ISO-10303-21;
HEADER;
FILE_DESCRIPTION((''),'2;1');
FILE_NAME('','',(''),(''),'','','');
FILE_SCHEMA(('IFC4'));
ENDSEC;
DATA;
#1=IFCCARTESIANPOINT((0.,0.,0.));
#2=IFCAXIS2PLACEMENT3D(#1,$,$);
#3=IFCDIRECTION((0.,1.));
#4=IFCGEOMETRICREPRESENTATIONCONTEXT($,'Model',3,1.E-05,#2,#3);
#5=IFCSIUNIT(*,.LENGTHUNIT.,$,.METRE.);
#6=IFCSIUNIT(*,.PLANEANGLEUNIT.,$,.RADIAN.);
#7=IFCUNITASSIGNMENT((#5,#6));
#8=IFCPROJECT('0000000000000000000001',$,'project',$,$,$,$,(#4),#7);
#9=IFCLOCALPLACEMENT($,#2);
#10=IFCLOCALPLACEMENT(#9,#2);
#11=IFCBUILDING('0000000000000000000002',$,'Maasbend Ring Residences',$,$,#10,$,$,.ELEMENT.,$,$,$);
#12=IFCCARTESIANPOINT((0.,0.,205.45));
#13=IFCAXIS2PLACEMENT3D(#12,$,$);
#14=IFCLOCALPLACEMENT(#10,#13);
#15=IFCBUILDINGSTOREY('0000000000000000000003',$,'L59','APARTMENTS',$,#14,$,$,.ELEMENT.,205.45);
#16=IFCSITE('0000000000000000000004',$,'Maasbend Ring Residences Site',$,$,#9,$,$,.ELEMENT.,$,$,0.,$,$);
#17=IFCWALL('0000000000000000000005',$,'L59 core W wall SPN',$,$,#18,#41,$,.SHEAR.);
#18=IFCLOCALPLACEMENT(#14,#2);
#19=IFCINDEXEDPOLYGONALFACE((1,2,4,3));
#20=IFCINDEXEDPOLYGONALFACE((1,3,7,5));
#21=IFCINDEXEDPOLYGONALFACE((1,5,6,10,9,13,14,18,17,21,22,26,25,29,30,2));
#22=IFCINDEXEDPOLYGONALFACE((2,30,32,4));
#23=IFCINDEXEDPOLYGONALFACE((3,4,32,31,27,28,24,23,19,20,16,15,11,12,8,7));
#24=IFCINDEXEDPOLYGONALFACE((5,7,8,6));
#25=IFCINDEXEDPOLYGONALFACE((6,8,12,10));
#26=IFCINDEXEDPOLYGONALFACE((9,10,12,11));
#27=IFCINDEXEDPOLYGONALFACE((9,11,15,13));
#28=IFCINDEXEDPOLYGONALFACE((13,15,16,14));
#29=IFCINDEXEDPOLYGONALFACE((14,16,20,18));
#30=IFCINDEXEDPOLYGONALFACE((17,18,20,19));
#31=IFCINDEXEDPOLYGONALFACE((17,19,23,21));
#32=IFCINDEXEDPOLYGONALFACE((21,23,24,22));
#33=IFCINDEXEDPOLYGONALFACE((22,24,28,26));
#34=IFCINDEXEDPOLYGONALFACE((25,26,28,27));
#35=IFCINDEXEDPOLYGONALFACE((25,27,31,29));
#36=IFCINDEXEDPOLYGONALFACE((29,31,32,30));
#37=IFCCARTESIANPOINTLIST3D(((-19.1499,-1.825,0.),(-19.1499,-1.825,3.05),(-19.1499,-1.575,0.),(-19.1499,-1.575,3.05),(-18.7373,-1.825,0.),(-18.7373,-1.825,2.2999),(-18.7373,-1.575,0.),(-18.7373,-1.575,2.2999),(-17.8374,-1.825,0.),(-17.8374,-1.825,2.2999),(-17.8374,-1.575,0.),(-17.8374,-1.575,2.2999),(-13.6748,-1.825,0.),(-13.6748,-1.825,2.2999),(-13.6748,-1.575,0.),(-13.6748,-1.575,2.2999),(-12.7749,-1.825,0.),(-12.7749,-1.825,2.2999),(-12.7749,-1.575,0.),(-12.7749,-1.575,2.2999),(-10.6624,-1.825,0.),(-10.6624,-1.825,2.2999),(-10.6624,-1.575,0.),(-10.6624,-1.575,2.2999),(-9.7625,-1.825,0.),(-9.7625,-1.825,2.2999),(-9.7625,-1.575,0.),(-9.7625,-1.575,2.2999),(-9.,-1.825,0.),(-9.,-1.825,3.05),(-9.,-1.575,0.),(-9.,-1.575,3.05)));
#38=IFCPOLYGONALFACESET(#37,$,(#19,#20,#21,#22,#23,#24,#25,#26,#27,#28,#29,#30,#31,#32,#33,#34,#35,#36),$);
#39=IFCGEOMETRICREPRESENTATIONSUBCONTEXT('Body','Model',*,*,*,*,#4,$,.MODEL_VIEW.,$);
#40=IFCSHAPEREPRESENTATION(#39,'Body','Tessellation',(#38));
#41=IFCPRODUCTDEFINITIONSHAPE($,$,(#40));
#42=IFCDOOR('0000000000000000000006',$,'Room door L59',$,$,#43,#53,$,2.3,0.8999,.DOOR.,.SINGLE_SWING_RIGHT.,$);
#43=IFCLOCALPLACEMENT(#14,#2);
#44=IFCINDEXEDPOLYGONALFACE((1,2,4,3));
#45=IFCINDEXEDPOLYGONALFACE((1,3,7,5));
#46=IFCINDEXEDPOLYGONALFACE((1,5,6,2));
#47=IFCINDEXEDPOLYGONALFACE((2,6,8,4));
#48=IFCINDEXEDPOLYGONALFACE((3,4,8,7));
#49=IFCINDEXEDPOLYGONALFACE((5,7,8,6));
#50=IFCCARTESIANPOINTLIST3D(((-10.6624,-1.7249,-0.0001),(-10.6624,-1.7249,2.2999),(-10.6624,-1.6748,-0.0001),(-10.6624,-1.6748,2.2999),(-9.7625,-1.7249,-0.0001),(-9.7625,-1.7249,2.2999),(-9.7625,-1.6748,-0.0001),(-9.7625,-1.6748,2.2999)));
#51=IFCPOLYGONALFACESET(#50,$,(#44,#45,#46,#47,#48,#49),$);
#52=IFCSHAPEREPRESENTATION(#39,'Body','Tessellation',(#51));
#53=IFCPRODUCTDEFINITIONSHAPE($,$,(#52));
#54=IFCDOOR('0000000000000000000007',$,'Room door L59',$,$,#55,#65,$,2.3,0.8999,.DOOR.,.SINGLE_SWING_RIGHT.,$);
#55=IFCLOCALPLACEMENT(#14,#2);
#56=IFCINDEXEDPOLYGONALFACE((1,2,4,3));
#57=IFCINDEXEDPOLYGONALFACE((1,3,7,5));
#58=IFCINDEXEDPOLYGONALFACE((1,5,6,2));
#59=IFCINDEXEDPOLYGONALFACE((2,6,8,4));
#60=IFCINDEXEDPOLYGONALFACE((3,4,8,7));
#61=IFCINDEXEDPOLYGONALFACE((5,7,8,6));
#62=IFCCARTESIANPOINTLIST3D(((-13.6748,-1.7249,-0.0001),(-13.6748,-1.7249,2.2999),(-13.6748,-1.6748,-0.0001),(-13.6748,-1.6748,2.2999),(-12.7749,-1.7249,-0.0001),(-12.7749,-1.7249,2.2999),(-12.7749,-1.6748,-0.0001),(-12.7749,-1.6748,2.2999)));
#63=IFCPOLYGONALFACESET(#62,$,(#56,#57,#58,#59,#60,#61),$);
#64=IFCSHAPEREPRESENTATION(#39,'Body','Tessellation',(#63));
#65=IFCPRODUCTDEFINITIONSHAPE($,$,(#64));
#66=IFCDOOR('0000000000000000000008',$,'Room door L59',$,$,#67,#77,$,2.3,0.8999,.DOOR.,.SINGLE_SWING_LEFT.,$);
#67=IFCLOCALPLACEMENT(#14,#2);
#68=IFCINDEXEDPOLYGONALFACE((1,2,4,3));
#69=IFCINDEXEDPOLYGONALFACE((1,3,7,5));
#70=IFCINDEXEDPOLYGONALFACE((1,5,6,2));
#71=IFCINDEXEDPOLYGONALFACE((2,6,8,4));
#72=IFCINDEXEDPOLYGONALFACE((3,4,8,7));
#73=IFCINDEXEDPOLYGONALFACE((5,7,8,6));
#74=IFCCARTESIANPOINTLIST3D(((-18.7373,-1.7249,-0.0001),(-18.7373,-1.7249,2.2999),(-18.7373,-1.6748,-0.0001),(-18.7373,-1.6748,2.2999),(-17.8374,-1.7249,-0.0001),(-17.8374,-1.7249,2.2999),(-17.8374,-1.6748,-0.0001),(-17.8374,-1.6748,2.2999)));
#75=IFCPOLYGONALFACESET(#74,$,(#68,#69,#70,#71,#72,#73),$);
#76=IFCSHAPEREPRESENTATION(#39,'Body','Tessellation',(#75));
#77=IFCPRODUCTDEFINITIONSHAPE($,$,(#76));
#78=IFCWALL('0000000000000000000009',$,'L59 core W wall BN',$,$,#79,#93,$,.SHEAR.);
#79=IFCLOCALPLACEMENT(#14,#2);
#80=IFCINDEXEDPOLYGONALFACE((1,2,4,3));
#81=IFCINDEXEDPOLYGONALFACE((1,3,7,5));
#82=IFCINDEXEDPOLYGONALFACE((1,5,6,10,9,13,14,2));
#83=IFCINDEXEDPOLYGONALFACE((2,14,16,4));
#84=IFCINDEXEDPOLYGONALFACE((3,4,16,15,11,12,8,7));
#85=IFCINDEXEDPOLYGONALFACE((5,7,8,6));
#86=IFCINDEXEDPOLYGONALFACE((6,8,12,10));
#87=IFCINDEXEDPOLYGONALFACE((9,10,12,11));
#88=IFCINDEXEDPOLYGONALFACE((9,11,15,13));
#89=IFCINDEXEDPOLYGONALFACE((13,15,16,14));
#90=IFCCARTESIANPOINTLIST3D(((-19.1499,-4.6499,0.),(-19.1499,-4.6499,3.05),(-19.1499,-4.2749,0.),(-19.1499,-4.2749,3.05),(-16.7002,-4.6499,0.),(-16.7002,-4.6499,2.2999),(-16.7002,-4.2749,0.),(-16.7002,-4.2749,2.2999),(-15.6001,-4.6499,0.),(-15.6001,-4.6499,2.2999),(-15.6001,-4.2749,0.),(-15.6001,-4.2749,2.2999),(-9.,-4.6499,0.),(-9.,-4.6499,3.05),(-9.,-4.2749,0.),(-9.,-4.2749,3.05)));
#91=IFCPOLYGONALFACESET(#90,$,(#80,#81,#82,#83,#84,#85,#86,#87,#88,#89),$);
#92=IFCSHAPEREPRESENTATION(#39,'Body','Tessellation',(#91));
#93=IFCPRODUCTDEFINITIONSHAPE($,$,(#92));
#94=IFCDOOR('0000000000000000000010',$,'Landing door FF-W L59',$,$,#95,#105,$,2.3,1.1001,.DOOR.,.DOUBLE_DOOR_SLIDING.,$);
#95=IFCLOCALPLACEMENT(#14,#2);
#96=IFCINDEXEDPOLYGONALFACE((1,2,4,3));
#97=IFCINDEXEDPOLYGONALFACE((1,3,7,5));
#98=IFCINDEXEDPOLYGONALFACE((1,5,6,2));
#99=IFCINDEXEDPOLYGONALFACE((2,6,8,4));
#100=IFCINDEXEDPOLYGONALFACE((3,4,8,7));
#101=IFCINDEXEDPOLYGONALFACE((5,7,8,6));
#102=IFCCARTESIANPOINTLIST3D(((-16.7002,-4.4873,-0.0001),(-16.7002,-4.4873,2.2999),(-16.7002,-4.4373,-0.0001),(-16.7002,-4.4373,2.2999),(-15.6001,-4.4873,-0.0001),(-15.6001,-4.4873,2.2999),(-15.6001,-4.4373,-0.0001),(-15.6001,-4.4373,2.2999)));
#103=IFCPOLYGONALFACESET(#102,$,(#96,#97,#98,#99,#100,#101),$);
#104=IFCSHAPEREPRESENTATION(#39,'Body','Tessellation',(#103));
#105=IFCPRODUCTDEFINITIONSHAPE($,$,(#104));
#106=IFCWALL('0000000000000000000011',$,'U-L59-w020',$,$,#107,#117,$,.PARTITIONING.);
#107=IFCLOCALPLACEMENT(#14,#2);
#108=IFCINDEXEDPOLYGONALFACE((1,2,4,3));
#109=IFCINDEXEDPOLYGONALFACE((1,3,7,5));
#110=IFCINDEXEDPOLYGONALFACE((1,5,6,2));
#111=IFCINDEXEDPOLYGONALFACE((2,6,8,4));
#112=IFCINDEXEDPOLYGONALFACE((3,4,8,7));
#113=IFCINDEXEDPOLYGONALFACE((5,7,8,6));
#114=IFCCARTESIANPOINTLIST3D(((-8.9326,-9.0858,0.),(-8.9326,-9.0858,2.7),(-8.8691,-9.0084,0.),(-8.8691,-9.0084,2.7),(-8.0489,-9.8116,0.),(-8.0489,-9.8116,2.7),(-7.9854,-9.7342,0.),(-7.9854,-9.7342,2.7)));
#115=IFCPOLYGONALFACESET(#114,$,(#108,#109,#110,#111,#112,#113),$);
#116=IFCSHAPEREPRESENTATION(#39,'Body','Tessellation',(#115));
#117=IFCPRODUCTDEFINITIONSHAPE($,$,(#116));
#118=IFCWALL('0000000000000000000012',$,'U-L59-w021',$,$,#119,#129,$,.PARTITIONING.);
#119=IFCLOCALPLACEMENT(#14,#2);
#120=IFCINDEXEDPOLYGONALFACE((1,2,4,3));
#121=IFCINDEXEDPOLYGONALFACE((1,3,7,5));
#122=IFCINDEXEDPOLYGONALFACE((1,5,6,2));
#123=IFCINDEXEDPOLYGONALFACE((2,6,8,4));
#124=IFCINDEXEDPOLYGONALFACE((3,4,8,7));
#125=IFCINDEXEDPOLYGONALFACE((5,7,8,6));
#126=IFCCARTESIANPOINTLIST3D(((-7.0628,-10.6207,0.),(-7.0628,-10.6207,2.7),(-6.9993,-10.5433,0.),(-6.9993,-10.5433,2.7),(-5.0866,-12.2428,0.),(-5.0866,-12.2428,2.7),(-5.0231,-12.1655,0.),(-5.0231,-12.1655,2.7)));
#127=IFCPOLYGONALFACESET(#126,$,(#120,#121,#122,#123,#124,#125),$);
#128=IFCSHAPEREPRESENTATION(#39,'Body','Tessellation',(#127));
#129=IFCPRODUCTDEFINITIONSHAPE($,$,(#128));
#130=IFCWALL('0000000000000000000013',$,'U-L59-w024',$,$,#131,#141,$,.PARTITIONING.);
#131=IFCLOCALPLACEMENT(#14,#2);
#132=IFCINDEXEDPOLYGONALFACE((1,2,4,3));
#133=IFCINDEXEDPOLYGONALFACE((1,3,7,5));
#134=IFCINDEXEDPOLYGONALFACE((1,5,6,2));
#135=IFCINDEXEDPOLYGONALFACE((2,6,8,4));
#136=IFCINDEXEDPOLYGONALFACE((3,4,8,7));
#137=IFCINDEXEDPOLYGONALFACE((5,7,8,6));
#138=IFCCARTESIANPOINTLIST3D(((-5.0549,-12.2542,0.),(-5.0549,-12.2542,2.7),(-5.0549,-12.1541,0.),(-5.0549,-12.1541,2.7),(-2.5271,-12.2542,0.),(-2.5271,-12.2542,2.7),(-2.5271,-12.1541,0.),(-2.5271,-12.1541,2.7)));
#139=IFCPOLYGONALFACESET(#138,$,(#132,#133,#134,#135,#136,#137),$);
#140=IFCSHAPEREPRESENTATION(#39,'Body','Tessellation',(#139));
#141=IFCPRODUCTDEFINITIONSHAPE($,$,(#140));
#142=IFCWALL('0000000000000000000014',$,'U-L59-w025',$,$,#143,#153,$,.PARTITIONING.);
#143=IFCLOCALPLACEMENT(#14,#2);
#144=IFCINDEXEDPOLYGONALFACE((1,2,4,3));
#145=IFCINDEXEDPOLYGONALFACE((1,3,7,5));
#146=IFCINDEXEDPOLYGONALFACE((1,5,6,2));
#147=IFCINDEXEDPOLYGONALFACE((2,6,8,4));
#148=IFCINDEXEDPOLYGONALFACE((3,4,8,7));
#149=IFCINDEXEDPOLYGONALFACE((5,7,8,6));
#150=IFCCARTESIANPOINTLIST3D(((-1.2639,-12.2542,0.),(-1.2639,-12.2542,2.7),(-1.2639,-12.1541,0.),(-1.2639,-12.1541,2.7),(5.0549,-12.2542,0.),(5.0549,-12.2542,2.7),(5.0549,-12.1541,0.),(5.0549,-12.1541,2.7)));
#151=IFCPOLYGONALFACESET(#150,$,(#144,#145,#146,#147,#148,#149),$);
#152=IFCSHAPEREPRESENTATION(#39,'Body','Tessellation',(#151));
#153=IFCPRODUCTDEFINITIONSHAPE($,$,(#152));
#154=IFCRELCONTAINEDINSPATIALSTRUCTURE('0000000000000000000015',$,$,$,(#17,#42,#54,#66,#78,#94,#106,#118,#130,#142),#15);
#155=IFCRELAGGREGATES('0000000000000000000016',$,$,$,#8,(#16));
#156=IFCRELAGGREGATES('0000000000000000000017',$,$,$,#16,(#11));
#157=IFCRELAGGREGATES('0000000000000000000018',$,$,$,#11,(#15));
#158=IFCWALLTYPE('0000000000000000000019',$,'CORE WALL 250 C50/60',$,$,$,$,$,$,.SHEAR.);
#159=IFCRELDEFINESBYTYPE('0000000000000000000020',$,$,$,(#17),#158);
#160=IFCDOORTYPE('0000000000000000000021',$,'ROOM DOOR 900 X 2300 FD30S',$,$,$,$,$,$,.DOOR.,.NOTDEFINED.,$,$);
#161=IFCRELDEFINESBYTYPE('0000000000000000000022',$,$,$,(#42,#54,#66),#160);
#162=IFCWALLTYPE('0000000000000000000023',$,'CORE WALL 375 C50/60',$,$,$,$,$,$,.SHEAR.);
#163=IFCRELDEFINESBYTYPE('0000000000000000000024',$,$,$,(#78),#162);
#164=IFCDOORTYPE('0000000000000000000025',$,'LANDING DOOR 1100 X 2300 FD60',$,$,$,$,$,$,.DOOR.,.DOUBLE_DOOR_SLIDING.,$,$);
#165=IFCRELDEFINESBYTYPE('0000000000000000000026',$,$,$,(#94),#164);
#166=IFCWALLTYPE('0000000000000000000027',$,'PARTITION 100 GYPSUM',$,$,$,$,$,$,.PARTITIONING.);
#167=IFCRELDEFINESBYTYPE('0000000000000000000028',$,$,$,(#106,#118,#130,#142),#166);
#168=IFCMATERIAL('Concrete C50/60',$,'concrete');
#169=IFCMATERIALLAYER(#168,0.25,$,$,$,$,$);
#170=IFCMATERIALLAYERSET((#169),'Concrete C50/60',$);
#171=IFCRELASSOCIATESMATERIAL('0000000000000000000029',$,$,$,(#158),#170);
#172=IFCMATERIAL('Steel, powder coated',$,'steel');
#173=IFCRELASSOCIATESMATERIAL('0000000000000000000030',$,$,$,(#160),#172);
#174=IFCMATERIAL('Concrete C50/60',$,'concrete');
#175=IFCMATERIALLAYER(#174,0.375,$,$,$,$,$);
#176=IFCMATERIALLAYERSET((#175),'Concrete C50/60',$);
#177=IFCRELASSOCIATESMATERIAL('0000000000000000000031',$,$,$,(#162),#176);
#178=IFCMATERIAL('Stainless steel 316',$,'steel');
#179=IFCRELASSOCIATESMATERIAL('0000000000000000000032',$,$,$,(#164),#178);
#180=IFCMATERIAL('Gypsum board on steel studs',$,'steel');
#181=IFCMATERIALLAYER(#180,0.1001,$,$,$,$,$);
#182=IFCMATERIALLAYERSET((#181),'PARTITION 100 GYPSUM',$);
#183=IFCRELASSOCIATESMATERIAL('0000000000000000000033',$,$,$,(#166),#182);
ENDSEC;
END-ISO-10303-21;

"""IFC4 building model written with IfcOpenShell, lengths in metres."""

from ifc_helpers import new_model, si_unit, direction, frame, frame_2d, origin, place, context, subcontext, project, spatial, rectangle, extrude, material, layer, layer_set, type_object, element, fill, save


model = new_model("IFC4")

# Units and contexts
model_context = context("Model", 3, precision=1e-05, world=origin(), true_north=direction((0.0, 1.0)))
body_context = subcontext(model_context, "Body", "Model", "MODEL_VIEW")
ifc_project = project(units=[si_unit("LENGTHUNIT", "METRE"), si_unit("PLANEANGLEUNIT", "RADIAN")], contexts=[model_context])

# Site, building, storey
site_placement = place(None, origin())
site = spatial("IfcSite", under=ifc_project, at=site_placement, Name="Maasbend Ring Residences Site", CompositionType="ELEMENT", RefElevation=0.0)
building_placement = place(site_placement, origin())
building = spatial("IfcBuilding", under=site, at=building_placement, Name="Maasbend Ring Residences", CompositionType="ELEMENT")
storey_placement = place(building_placement, frame((0.0, 0.0, 205.45)))
storey = spatial("IfcBuildingStorey", under=building, at=storey_placement, Name="L59", Description="APARTMENTS", CompositionType="ELEMENT", Elevation=205.45)

# Wall, openings, doors
ifc_material_1 = material(Name="Concrete C50/60", Category="concrete")
ifc_layer_1 = layer(ifc_material_1, 0.25)
ifc_layer_set_1 = layer_set([ifc_layer_1], Name="Concrete C50/60")
wall_type_1 = type_object("IfcWallType", Name="CORE WALL 250 C50/60", PredefinedType="SHEAR", material=ifc_layer_set_1)
wall_1_placement = place(storey_placement, frame((-9.0, -1.7, 0.0), z_axis=(0.0, 0.0, 1.0), x_axis=(-1.0, 0.0, 0.0)))
wall_1 = element("IfcWall", 1, at=wall_1_placement, inside=storey, type_object=wall_type_1, Name="L59 core W wall SPN", PredefinedType="SHEAR", context=body_context, shape_type="SweptSolid", body=[
    extrude(rectangle(XDim=10.1499, YDim=0.25, at=frame_2d((5.075, 0.0))), origin(), (0.0, 0.0, 1.0), 3.05),
])
opening_1_placement = place(wall_1_placement, frame((0.7625, 0.0, 0.0)))
opening_1 = element("IfcOpeningElement", 2, at=opening_1_placement, cuts=wall_1, PredefinedType="OPENING", context=body_context, shape_type="SweptSolid", body=[
    extrude(rectangle(XDim=0.8999, YDim=2.3, at=frame_2d((0.45, 1.1499))), frame((0.0, 0.135, 0.0), z_axis=(0.0, -1.0, 0.0), x_axis=(1.0, 0.0, 0.0)), (0.0, 0.0, 1.0), 0.27),
])
opening_2_placement = place(wall_1_placement, frame((3.7749, 0.0, 0.0)))
opening_2 = element("IfcOpeningElement", 3, at=opening_2_placement, cuts=wall_1, PredefinedType="OPENING", context=body_context, shape_type="SweptSolid", body=[
    extrude(rectangle(XDim=0.8999, YDim=2.3, at=frame_2d((0.45, 1.1499))), frame((0.0, 0.135, 0.0), z_axis=(0.0, -1.0, 0.0), x_axis=(1.0, 0.0, 0.0)), (0.0, 0.0, 1.0), 0.27),
])
opening_3_placement = place(wall_1_placement, frame((8.8374, 0.0, 0.0)))
opening_3 = element("IfcOpeningElement", 4, at=opening_3_placement, cuts=wall_1, PredefinedType="OPENING", context=body_context, shape_type="SweptSolid", body=[
    extrude(rectangle(XDim=0.8999, YDim=2.3, at=frame_2d((0.45, 1.1499))), frame((0.0, 0.135, 0.0), z_axis=(0.0, -1.0, 0.0), x_axis=(1.0, 0.0, 0.0)), (0.0, 0.0, 1.0), 0.27),
])
ifc_material_2 = material(Name="Steel, powder coated", Category="steel")
door_type_1 = type_object("IfcDoorType", Name="ROOM DOOR 900 X 2300 FD30S", OperationType="NOTDEFINED", PredefinedType="DOOR", material=ifc_material_2)
door_1_placement = place(opening_1_placement, origin())
door_1 = element("IfcDoor", 5, at=door_1_placement, inside=storey, type_object=door_type_1, Name="Room door L59", OperationType="SINGLE_SWING_RIGHT", OverallHeight=2.3, OverallWidth=0.8999, PredefinedType="DOOR", context=body_context, shape_type="SweptSolid", body=[
    extrude(rectangle(XDim=0.8999, YDim=2.3, at=frame_2d((0.45, 1.1499))), frame((0.0, 0.0249, 0.0), z_axis=(0.0, -1.0, 0.0), x_axis=(1.0, 0.0, 0.0)), (0.0, 0.0, 1.0), 0.05),
])
fill(opening_1, door_1)
door_2_placement = place(opening_2_placement, origin())
door_2 = element("IfcDoor", 6, at=door_2_placement, inside=storey, type_object=door_type_1, Name="Room door L59", OperationType="SINGLE_SWING_RIGHT", OverallHeight=2.3, OverallWidth=0.8999, PredefinedType="DOOR", context=body_context, shape_type="SweptSolid", body=[
    extrude(rectangle(XDim=0.8999, YDim=2.3, at=frame_2d((0.45, 1.1499))), frame((0.0, 0.0249, 0.0), z_axis=(0.0, -1.0, 0.0), x_axis=(1.0, 0.0, 0.0)), (0.0, 0.0, 1.0), 0.05),
])
fill(opening_2, door_2)
door_3_placement = place(opening_3_placement, origin())
door_3 = element("IfcDoor", 7, at=door_3_placement, inside=storey, type_object=door_type_1, Name="Room door L59", OperationType="SINGLE_SWING_LEFT", OverallHeight=2.3, OverallWidth=0.8999, PredefinedType="DOOR", context=body_context, shape_type="SweptSolid", body=[
    extrude(rectangle(XDim=0.8999, YDim=2.3, at=frame_2d((0.45, 1.1499))), frame((0.0, 0.0249, 0.0), z_axis=(0.0, -1.0, 0.0), x_axis=(1.0, 0.0, 0.0)), (0.0, 0.0, 1.0), 0.05),
])
fill(opening_3, door_3)

# Wall, opening, door
ifc_material_3 = material(Name="Concrete C50/60", Category="concrete")
ifc_layer_2 = layer(ifc_material_3, 0.375)
ifc_layer_set_2 = layer_set([ifc_layer_2], Name="Concrete C50/60")
wall_type_2 = type_object("IfcWallType", Name="CORE WALL 375 C50/60", PredefinedType="SHEAR", material=ifc_layer_set_2)
wall_2_placement = place(storey_placement, frame((-9.0, -4.4624, 0.0), z_axis=(0.0, 0.0, 1.0), x_axis=(-1.0, 0.0, 0.0)))
wall_2 = element("IfcWall", 8, at=wall_2_placement, inside=storey, type_object=wall_type_2, Name="L59 core W wall BN", PredefinedType="SHEAR", context=body_context, shape_type="SweptSolid", body=[
    extrude(rectangle(XDim=10.1499, YDim=0.375, at=frame_2d((5.075, 0.0))), origin(), (0.0, 0.0, 1.0), 3.05),
])
opening_4_placement = place(wall_2_placement, frame((6.6001, 0.0, 0.0)))
opening_4 = element("IfcOpeningElement", 9, at=opening_4_placement, cuts=wall_2, PredefinedType="OPENING", context=body_context, shape_type="SweptSolid", body=[
    extrude(rectangle(XDim=1.1001, YDim=2.3, at=frame_2d((0.55, 1.1499))), frame((0.0, 0.1975, 0.0), z_axis=(0.0, -1.0, 0.0), x_axis=(1.0, 0.0, 0.0)), (0.0, 0.0, 1.0), 0.395),
])
ifc_material_4 = material(Name="Stainless steel 316", Category="steel")
door_type_2 = type_object("IfcDoorType", Name="LANDING DOOR 1100 X 2300 FD60", OperationType="DOUBLE_DOOR_SLIDING", PredefinedType="DOOR", material=ifc_material_4)
door_4_placement = place(opening_4_placement, origin())
door_4 = element("IfcDoor", 10, at=door_4_placement, inside=storey, type_object=door_type_2, Name="Landing door FF-W L59", OperationType="DOUBLE_DOOR_SLIDING", OverallHeight=2.3, OverallWidth=1.1001, PredefinedType="DOOR", context=body_context, shape_type="SweptSolid", body=[
    extrude(rectangle(XDim=1.1001, YDim=2.3, at=frame_2d((0.55, 1.1499))), frame((0.0, 0.0249, 0.0), z_axis=(0.0, -1.0, 0.0), x_axis=(1.0, 0.0, 0.0)), (0.0, 0.0, 1.0), 0.05),
])
fill(opening_4, door_4)

# Walls
ifc_material_5 = material(Name="Gypsum board on steel studs", Category="steel")
ifc_layer_3 = layer(ifc_material_5, 0.1001)
ifc_layer_set_3 = layer_set([ifc_layer_3], Name="PARTITION 100 GYPSUM")
wall_type_3 = type_object("IfcWallType", Name="PARTITION 100 GYPSUM", PredefinedType="PARTITIONING", material=ifc_layer_set_3)
wall_3_placement = place(storey_placement, frame((-8.9009, -9.0471, 0.0), z_axis=(0.0, 0.0, 1.0), x_axis=(0.772786, -0.634667, 0.0)))
element("IfcWall", 11, at=wall_3_placement, inside=storey, type_object=wall_type_3, Name="U-L59-w020", PredefinedType="PARTITIONING", context=body_context, shape_type="SweptSolid", body=[
    extrude(rectangle(XDim=1.1436, YDim=0.1001, at=frame_2d((0.5718, 0.0))), origin(), (0.0, 0.0, 1.0), 2.7),
])
wall_4_placement = place(storey_placement, frame((-7.031, -10.582, 0.0), z_axis=(0.0, 0.0, 1.0), x_axis=(0.772944, -0.634475, 0.0)))
element("IfcWall", 12, at=wall_4_placement, inside=storey, type_object=wall_type_3, Name="U-L59-w021", PredefinedType="PARTITIONING", context=body_context, shape_type="SweptSolid", body=[
    extrude(rectangle(XDim=2.5566, YDim=0.1001, at=frame_2d((1.2783, 0.0))), origin(), (0.0, 0.0, 1.0), 2.7),
])
wall_5_placement = place(storey_placement, frame((-5.0549, -12.2041, 0.0), z_axis=(0.0, 0.0, 1.0), x_axis=(1.0, 0.0, 0.0)))
element("IfcWall", 13, at=wall_5_placement, inside=storey, type_object=wall_type_3, Name="U-L59-w024", PredefinedType="PARTITIONING", context=body_context, shape_type="SweptSolid", body=[
    extrude(rectangle(XDim=2.5278, YDim=0.1001, at=frame_2d((1.2639, 0.0))), origin(), (0.0, 0.0, 1.0), 2.7),
])
wall_6_placement = place(storey_placement, frame((-1.2639, -12.2041, 0.0), z_axis=(0.0, 0.0, 1.0), x_axis=(1.0, 0.0, 0.0)))
element("IfcWall", 14, at=wall_6_placement, inside=storey, type_object=wall_type_3, Name="U-L59-w025", PredefinedType="PARTITIONING", context=body_context, shape_type="SweptSolid", body=[
    extrude(rectangle(XDim=6.3188, YDim=0.1001, at=frame_2d((3.1594, 0.0))), origin(), (0.0, 0.0, 1.0), 2.7),
])

save(model, "model.ifc")
